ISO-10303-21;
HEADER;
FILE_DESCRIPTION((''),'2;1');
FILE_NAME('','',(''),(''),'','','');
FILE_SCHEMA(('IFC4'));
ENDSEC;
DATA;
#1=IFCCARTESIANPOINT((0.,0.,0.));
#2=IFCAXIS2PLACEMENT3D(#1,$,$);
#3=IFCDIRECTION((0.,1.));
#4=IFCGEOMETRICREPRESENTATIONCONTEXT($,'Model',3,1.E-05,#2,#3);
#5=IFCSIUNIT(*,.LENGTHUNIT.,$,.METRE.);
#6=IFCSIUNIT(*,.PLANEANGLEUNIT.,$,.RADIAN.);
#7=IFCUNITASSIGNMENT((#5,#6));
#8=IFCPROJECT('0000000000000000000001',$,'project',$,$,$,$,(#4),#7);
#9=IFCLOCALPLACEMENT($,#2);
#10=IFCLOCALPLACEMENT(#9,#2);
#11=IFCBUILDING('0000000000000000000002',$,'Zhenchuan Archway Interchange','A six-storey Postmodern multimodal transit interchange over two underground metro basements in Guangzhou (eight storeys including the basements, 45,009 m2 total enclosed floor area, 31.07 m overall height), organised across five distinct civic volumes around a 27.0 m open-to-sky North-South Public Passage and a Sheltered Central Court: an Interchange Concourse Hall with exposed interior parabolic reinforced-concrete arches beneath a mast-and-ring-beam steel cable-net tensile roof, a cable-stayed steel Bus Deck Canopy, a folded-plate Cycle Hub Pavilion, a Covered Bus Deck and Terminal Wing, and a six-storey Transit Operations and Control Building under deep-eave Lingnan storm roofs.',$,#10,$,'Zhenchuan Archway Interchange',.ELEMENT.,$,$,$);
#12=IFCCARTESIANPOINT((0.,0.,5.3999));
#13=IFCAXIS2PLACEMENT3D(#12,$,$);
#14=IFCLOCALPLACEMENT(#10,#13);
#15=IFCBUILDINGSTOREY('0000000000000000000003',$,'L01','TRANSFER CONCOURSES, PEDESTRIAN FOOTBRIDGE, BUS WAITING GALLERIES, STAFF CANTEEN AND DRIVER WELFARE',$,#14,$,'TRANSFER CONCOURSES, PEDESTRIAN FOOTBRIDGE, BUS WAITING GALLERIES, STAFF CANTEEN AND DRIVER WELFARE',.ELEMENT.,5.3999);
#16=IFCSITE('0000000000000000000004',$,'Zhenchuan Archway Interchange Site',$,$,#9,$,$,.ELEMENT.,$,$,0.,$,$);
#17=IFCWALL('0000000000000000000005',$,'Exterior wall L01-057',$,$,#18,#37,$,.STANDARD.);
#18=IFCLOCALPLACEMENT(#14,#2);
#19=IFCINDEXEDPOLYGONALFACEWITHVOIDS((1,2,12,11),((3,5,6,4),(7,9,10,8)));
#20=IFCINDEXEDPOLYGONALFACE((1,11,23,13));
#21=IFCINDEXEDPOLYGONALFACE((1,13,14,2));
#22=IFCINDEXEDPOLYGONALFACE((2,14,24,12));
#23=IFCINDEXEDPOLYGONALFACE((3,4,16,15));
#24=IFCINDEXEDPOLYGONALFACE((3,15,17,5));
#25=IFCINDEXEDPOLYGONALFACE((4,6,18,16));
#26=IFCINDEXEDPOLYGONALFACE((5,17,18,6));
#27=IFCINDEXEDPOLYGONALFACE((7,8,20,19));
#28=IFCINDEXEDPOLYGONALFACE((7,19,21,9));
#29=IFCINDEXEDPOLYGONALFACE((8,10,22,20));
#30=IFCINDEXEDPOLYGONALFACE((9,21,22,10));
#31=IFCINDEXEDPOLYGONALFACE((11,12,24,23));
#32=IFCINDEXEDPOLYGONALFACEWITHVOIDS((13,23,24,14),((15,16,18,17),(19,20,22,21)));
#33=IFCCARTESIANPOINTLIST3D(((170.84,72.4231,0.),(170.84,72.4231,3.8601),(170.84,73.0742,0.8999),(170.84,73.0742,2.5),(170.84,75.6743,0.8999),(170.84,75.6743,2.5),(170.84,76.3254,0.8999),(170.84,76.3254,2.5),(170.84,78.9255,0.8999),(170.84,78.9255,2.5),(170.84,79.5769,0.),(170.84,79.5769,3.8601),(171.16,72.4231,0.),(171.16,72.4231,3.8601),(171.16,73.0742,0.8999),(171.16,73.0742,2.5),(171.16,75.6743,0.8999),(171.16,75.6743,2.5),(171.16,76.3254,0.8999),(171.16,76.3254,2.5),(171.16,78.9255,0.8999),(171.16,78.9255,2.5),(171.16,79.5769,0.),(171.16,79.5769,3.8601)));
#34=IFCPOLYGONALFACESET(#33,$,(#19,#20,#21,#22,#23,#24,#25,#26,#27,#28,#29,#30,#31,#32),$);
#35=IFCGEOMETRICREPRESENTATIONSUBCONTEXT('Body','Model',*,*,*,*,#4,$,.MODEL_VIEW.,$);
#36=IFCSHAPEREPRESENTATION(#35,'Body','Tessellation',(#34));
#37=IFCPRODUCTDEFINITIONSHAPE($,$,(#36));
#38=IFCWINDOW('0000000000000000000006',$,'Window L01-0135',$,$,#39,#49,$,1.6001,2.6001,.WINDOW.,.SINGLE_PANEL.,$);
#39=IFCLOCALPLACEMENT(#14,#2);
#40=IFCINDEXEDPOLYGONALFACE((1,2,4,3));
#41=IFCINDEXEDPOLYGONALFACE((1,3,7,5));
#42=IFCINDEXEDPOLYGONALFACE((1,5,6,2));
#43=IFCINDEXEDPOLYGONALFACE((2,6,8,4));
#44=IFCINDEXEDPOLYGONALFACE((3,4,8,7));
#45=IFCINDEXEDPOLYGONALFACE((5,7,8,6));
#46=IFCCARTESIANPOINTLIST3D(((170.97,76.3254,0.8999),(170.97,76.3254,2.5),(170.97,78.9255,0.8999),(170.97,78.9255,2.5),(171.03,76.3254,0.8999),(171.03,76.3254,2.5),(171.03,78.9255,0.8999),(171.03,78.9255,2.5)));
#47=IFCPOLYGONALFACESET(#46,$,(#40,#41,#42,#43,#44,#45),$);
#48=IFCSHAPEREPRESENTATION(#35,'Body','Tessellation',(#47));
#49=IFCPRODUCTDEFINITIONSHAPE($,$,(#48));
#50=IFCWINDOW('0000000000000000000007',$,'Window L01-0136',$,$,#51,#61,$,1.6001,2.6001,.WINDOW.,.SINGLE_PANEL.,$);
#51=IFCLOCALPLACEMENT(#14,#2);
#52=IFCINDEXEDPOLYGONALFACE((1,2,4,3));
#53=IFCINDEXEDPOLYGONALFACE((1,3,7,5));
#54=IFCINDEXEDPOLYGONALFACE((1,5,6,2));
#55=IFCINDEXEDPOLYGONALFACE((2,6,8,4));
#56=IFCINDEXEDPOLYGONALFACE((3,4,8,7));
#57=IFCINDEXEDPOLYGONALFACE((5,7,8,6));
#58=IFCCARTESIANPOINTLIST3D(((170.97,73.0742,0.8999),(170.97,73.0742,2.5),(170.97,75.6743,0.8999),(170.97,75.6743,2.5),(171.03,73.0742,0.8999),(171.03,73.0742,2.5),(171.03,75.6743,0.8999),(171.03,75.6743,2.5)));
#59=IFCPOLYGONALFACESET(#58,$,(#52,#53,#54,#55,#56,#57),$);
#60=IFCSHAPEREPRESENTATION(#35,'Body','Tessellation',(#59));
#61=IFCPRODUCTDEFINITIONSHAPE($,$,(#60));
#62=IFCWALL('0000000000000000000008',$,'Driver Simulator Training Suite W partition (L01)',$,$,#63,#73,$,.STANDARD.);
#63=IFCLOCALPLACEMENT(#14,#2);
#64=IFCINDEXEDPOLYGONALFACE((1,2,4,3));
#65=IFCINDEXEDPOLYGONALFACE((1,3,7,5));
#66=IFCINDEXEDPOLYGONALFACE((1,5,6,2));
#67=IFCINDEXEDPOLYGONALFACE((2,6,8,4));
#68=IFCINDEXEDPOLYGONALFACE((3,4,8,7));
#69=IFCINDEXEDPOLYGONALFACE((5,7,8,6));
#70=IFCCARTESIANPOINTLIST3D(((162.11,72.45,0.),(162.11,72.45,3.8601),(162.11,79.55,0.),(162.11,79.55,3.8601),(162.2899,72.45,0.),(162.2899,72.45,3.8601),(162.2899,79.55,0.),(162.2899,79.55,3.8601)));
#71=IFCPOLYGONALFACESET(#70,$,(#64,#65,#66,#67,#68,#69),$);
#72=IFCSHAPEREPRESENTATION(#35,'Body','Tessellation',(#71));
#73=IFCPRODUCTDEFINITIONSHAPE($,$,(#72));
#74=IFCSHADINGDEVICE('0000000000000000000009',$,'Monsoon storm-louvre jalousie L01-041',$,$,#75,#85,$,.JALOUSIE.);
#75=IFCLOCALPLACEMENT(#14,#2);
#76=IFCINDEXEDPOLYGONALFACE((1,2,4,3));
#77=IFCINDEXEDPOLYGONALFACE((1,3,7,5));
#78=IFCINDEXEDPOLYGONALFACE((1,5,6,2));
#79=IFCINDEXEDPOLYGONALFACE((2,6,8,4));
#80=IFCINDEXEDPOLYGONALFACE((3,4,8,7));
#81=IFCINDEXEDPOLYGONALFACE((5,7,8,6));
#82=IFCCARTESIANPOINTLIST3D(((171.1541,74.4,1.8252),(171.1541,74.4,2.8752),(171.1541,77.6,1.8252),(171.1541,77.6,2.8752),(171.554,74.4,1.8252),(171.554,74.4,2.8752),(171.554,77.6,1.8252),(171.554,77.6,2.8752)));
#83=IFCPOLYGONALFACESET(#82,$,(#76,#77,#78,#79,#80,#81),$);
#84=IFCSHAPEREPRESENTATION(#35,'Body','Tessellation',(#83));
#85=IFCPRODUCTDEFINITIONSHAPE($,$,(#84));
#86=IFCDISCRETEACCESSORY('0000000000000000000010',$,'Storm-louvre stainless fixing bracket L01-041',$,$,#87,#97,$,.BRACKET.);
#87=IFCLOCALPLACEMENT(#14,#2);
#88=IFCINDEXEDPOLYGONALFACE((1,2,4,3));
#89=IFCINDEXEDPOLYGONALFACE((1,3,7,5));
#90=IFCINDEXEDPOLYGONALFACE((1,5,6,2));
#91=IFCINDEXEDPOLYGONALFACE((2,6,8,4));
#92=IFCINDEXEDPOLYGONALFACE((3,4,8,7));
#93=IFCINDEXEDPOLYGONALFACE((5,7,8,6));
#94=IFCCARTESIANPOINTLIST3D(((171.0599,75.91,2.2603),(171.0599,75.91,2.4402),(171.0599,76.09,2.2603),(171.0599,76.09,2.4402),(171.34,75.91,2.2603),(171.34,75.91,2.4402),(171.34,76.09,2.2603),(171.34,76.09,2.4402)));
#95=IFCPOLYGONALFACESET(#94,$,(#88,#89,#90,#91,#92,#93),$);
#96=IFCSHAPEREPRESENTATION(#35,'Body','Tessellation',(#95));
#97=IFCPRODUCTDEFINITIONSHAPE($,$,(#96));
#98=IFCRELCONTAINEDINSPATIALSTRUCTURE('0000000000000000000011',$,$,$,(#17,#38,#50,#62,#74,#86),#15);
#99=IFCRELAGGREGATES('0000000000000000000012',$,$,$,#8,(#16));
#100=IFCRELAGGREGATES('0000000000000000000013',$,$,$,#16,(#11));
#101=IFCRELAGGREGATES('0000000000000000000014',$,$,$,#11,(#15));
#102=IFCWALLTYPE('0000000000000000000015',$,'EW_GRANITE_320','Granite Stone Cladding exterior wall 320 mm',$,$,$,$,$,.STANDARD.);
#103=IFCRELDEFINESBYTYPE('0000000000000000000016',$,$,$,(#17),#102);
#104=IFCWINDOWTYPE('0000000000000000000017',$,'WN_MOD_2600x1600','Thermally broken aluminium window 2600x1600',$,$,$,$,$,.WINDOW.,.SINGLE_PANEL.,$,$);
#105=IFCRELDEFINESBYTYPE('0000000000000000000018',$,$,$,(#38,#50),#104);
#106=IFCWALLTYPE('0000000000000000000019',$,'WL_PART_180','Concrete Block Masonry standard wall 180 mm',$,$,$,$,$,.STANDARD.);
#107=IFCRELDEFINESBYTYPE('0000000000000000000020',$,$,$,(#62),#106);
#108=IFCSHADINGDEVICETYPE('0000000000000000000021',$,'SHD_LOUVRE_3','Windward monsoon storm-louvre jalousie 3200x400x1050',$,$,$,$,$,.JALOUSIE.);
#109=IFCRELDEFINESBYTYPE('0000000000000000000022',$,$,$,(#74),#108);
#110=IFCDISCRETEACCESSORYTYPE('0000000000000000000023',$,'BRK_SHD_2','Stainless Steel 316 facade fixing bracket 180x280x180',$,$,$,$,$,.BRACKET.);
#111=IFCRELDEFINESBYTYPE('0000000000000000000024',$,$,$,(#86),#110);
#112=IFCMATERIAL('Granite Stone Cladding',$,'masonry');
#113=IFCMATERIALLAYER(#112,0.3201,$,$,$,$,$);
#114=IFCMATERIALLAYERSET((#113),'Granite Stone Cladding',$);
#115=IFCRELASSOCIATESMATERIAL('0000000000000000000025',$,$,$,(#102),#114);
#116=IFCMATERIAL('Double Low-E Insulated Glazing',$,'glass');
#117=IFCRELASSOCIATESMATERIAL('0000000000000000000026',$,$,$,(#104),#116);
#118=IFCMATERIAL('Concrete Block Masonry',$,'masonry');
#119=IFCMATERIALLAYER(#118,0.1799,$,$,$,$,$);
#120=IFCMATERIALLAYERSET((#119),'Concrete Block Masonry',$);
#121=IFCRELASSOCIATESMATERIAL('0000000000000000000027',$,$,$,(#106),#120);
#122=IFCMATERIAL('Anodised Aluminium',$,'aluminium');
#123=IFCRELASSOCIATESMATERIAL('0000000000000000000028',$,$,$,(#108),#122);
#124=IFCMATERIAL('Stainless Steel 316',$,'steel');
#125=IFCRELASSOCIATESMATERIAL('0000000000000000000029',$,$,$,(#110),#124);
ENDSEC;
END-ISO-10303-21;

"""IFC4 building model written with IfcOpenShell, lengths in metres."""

from ifc_helpers import new_model, si_unit, direction, frame, frame_2d, origin, origin_2d, place, context, subcontext, project, spatial, rectangle, extrude, material, layer, layer_set, type_object, element, fill, save


model = new_model("IFC4")

# Units and contexts
model_context = context("Model", 3, precision=1e-05, world=origin(), true_north=direction((0.0, 1.0)))
body_context = subcontext(model_context, "Body", "Model", "MODEL_VIEW")
ifc_project = project(units=[si_unit("LENGTHUNIT", "METRE"), si_unit("PLANEANGLEUNIT", "RADIAN")], contexts=[model_context])

# Site, building, storey
site_placement = place(None, origin())
site = spatial("IfcSite", under=ifc_project, at=site_placement, Name="Zhenchuan Archway Interchange Site", CompositionType="ELEMENT", RefElevation=0.0)
building_placement = place(site_placement, origin())
building = spatial("IfcBuilding", under=site, at=building_placement, Name="Zhenchuan Archway Interchange", Description="A six-storey Postmodern multimodal transit interchange over two underground metro basements in Guangzhou (eight storeys including the basements, 45,009 m2 total enclosed floor area, 31.07 m overall height), organised across five distinct civic volumes around a 27.0 m open-to-sky North-South Public Passage and a Sheltered Central Court: an Interchange Concourse Hall with exposed interior parabolic reinforced-concrete arches beneath a mast-and-ring-beam steel cable-net tensile roof, a cable-stayed steel Bus Deck Canopy, a folded-plate Cycle Hub Pavilion, a Covered Bus Deck and Terminal Wing, and a six-storey Transit Operations and Control Building under deep-eave Lingnan storm roofs.", LongName="Zhenchuan Archway Interchange", CompositionType="ELEMENT")
storey_placement = place(building_placement, frame((0.0, 0.0, 5.3999)))
storey = spatial("IfcBuildingStorey", under=building, at=storey_placement, Name="L01", Description="TRANSFER CONCOURSES, PEDESTRIAN FOOTBRIDGE, BUS WAITING GALLERIES, STAFF CANTEEN AND DRIVER WELFARE", LongName="TRANSFER CONCOURSES, PEDESTRIAN FOOTBRIDGE, BUS WAITING GALLERIES, STAFF CANTEEN AND DRIVER WELFARE", CompositionType="ELEMENT", Elevation=5.3999)

# Shared definitions
ifc_material_1 = material(Name="Anodised Aluminium", Category="aluminium")

# Shared definitions
ifc_material_2 = material(Name="Double Low-E Insulated Glazing", Category="glass")

# Wall, openings, windows
ifc_material_3 = material(Name="Granite Stone Cladding", Category="masonry")
ifc_layer_1 = layer(ifc_material_3, 0.3201)
ifc_layer_set_1 = layer_set([ifc_layer_1], Name="Granite Stone Cladding")
wall_type_1 = type_object("IfcWallType", Name="EW_GRANITE_320", Description="Granite Stone Cladding exterior wall 320 mm", PredefinedType="STANDARD", material=ifc_layer_set_1)
wall_1_placement = place(storey_placement, frame((171.0, 79.5769, 0.0), z_axis=(0.0, 0.0, 1.0), x_axis=(0.0, -1.0, 0.0)))
wall_1 = element("IfcWall", 1, at=wall_1_placement, inside=storey, type_object=wall_type_1, Name="Exterior wall L01-057", PredefinedType="STANDARD", context=body_context, shape_type="SweptSolid", body=[
    extrude(rectangle(XDim=7.1538, YDim=0.3201, at=frame_2d((3.5769, 0.0))), origin(), (0.0, 0.0, 1.0), 3.8601),
])
opening_1_placement = place(wall_1_placement, frame((0.6514, 0.0, 0.8999)))
opening_1 = element("IfcOpeningElement", 2, at=opening_1_placement, cuts=wall_1, PredefinedType="OPENING", context=body_context, shape_type="SweptSolid", body=[
    extrude(rectangle(XDim=2.6001, YDim=1.6001, at=frame_2d((1.3, 0.8))), frame((0.0, 0.1719, 0.0), z_axis=(0.0, -1.0, 0.0), x_axis=(1.0, 0.0, 0.0)), (0.0, 0.0, 1.0), 0.344),
])
opening_2_placement = place(wall_1_placement, frame((3.9026, 0.0, 0.8999)))
opening_2 = element("IfcOpeningElement", 3, at=opening_2_placement, cuts=wall_1, PredefinedType="OPENING", context=body_context, shape_type="SweptSolid", body=[
    extrude(rectangle(XDim=2.6001, YDim=1.6001, at=frame_2d((1.3, 0.8))), frame((0.0, 0.1719, 0.0), z_axis=(0.0, -1.0, 0.0), x_axis=(1.0, 0.0, 0.0)), (0.0, 0.0, 1.0), 0.344),
])
window_type = type_object("IfcWindowType", Name="WN_MOD_2600x1600", Description="Thermally broken aluminium window 2600x1600", PartitioningType="SINGLE_PANEL", PredefinedType="WINDOW", material=ifc_material_2)
window_1_placement = place(opening_1_placement, origin())
window_1 = element("IfcWindow", 4, at=window_1_placement, inside=storey, type_object=window_type, Name="Window L01-0135", OverallHeight=1.6001, OverallWidth=2.6001, PartitioningType="SINGLE_PANEL", PredefinedType="WINDOW", context=body_context, shape_type="SweptSolid", body=[
    extrude(rectangle(XDim=2.6001, YDim=1.6001, at=frame_2d((1.3, 0.8))), frame((0.0, 0.03, 0.0), z_axis=(0.0, -1.0, 0.0), x_axis=(1.0, 0.0, 0.0)), (0.0, 0.0, 1.0), 0.0601),
])
fill(opening_1, window_1)
window_2_placement = place(opening_2_placement, origin())
window_2 = element("IfcWindow", 5, at=window_2_placement, inside=storey, type_object=window_type, Name="Window L01-0136", OverallHeight=1.6001, OverallWidth=2.6001, PartitioningType="SINGLE_PANEL", PredefinedType="WINDOW", context=body_context, shape_type="SweptSolid", body=[
    extrude(rectangle(XDim=2.6001, YDim=1.6001, at=frame_2d((1.3, 0.8))), frame((0.0, 0.03, 0.0), z_axis=(0.0, -1.0, 0.0), x_axis=(1.0, 0.0, 0.0)), (0.0, 0.0, 1.0), 0.0601),
])
fill(opening_2, window_2)

# Wall
ifc_material_4 = material(Name="Concrete Block Masonry", Category="masonry")
ifc_layer_2 = layer(ifc_material_4, 0.1799)
ifc_layer_set_2 = layer_set([ifc_layer_2], Name="Concrete Block Masonry")
wall_type_2 = type_object("IfcWallType", Name="WL_PART_180", Description="Concrete Block Masonry standard wall 180 mm", PredefinedType="STANDARD", material=ifc_layer_set_2)
wall_2_placement = place(storey_placement, frame((162.2, 72.45, 0.0), z_axis=(0.0, 0.0, 1.0), x_axis=(0.0, 1.0, 0.0)))
element("IfcWall", 6, at=wall_2_placement, inside=storey, type_object=wall_type_2, Name="Driver Simulator Training Suite W partition (L01)", PredefinedType="STANDARD", context=body_context, shape_type="SweptSolid", body=[
    extrude(rectangle(XDim=7.1001, YDim=0.1799, at=frame_2d((3.55, 0.0))), origin(), (0.0, 0.0, 1.0), 3.8601),
])

# Shading device
shading_device_type = type_object("IfcShadingDeviceType", Name="SHD_LOUVRE_3", Description="Windward monsoon storm-louvre jalousie 3200x400x1050", PredefinedType="JALOUSIE", material=ifc_material_1)
shading_device_placement = place(storey_placement, frame((171.354, 76.0, 1.8252), z_axis=(0.0, 0.0, 1.0), x_axis=(0.0, -1.0, 0.0)))
element("IfcShadingDevice", 7, at=shading_device_placement, inside=storey, type_object=shading_device_type, Name="Monsoon storm-louvre jalousie L01-041", PredefinedType="JALOUSIE", context=body_context, shape_type="SweptSolid", body=[
    extrude(rectangle(XDim=3.2, YDim=0.3999, at=origin_2d()), origin(), (0.0, 0.0, 1.0), 1.05),
])

# Discrete accessory
ifc_material_5 = material(Name="Stainless Steel 316", Category="steel")
discrete_accessory_type = type_object("IfcDiscreteAccessoryType", Name="BRK_SHD_2", Description="Stainless Steel 316 facade fixing bracket 180x280x180", PredefinedType="BRACKET", material=ifc_material_5)
discrete_accessory_placement = place(storey_placement, frame((171.2, 76.0, 2.2603), z_axis=(0.0, 0.0, 1.0), x_axis=(0.0, -1.0, 0.0)))
element("IfcDiscreteAccessory", 8, at=discrete_accessory_placement, inside=storey, type_object=discrete_accessory_type, Name="Storm-louvre stainless fixing bracket L01-041", PredefinedType="BRACKET", context=body_context, shape_type="SweptSolid", body=[
    extrude(rectangle(XDim=0.1799, YDim=0.28, at=origin_2d()), origin(), (0.0, 0.0, 1.0), 0.1799),
])

save(model, "model.ifc")
